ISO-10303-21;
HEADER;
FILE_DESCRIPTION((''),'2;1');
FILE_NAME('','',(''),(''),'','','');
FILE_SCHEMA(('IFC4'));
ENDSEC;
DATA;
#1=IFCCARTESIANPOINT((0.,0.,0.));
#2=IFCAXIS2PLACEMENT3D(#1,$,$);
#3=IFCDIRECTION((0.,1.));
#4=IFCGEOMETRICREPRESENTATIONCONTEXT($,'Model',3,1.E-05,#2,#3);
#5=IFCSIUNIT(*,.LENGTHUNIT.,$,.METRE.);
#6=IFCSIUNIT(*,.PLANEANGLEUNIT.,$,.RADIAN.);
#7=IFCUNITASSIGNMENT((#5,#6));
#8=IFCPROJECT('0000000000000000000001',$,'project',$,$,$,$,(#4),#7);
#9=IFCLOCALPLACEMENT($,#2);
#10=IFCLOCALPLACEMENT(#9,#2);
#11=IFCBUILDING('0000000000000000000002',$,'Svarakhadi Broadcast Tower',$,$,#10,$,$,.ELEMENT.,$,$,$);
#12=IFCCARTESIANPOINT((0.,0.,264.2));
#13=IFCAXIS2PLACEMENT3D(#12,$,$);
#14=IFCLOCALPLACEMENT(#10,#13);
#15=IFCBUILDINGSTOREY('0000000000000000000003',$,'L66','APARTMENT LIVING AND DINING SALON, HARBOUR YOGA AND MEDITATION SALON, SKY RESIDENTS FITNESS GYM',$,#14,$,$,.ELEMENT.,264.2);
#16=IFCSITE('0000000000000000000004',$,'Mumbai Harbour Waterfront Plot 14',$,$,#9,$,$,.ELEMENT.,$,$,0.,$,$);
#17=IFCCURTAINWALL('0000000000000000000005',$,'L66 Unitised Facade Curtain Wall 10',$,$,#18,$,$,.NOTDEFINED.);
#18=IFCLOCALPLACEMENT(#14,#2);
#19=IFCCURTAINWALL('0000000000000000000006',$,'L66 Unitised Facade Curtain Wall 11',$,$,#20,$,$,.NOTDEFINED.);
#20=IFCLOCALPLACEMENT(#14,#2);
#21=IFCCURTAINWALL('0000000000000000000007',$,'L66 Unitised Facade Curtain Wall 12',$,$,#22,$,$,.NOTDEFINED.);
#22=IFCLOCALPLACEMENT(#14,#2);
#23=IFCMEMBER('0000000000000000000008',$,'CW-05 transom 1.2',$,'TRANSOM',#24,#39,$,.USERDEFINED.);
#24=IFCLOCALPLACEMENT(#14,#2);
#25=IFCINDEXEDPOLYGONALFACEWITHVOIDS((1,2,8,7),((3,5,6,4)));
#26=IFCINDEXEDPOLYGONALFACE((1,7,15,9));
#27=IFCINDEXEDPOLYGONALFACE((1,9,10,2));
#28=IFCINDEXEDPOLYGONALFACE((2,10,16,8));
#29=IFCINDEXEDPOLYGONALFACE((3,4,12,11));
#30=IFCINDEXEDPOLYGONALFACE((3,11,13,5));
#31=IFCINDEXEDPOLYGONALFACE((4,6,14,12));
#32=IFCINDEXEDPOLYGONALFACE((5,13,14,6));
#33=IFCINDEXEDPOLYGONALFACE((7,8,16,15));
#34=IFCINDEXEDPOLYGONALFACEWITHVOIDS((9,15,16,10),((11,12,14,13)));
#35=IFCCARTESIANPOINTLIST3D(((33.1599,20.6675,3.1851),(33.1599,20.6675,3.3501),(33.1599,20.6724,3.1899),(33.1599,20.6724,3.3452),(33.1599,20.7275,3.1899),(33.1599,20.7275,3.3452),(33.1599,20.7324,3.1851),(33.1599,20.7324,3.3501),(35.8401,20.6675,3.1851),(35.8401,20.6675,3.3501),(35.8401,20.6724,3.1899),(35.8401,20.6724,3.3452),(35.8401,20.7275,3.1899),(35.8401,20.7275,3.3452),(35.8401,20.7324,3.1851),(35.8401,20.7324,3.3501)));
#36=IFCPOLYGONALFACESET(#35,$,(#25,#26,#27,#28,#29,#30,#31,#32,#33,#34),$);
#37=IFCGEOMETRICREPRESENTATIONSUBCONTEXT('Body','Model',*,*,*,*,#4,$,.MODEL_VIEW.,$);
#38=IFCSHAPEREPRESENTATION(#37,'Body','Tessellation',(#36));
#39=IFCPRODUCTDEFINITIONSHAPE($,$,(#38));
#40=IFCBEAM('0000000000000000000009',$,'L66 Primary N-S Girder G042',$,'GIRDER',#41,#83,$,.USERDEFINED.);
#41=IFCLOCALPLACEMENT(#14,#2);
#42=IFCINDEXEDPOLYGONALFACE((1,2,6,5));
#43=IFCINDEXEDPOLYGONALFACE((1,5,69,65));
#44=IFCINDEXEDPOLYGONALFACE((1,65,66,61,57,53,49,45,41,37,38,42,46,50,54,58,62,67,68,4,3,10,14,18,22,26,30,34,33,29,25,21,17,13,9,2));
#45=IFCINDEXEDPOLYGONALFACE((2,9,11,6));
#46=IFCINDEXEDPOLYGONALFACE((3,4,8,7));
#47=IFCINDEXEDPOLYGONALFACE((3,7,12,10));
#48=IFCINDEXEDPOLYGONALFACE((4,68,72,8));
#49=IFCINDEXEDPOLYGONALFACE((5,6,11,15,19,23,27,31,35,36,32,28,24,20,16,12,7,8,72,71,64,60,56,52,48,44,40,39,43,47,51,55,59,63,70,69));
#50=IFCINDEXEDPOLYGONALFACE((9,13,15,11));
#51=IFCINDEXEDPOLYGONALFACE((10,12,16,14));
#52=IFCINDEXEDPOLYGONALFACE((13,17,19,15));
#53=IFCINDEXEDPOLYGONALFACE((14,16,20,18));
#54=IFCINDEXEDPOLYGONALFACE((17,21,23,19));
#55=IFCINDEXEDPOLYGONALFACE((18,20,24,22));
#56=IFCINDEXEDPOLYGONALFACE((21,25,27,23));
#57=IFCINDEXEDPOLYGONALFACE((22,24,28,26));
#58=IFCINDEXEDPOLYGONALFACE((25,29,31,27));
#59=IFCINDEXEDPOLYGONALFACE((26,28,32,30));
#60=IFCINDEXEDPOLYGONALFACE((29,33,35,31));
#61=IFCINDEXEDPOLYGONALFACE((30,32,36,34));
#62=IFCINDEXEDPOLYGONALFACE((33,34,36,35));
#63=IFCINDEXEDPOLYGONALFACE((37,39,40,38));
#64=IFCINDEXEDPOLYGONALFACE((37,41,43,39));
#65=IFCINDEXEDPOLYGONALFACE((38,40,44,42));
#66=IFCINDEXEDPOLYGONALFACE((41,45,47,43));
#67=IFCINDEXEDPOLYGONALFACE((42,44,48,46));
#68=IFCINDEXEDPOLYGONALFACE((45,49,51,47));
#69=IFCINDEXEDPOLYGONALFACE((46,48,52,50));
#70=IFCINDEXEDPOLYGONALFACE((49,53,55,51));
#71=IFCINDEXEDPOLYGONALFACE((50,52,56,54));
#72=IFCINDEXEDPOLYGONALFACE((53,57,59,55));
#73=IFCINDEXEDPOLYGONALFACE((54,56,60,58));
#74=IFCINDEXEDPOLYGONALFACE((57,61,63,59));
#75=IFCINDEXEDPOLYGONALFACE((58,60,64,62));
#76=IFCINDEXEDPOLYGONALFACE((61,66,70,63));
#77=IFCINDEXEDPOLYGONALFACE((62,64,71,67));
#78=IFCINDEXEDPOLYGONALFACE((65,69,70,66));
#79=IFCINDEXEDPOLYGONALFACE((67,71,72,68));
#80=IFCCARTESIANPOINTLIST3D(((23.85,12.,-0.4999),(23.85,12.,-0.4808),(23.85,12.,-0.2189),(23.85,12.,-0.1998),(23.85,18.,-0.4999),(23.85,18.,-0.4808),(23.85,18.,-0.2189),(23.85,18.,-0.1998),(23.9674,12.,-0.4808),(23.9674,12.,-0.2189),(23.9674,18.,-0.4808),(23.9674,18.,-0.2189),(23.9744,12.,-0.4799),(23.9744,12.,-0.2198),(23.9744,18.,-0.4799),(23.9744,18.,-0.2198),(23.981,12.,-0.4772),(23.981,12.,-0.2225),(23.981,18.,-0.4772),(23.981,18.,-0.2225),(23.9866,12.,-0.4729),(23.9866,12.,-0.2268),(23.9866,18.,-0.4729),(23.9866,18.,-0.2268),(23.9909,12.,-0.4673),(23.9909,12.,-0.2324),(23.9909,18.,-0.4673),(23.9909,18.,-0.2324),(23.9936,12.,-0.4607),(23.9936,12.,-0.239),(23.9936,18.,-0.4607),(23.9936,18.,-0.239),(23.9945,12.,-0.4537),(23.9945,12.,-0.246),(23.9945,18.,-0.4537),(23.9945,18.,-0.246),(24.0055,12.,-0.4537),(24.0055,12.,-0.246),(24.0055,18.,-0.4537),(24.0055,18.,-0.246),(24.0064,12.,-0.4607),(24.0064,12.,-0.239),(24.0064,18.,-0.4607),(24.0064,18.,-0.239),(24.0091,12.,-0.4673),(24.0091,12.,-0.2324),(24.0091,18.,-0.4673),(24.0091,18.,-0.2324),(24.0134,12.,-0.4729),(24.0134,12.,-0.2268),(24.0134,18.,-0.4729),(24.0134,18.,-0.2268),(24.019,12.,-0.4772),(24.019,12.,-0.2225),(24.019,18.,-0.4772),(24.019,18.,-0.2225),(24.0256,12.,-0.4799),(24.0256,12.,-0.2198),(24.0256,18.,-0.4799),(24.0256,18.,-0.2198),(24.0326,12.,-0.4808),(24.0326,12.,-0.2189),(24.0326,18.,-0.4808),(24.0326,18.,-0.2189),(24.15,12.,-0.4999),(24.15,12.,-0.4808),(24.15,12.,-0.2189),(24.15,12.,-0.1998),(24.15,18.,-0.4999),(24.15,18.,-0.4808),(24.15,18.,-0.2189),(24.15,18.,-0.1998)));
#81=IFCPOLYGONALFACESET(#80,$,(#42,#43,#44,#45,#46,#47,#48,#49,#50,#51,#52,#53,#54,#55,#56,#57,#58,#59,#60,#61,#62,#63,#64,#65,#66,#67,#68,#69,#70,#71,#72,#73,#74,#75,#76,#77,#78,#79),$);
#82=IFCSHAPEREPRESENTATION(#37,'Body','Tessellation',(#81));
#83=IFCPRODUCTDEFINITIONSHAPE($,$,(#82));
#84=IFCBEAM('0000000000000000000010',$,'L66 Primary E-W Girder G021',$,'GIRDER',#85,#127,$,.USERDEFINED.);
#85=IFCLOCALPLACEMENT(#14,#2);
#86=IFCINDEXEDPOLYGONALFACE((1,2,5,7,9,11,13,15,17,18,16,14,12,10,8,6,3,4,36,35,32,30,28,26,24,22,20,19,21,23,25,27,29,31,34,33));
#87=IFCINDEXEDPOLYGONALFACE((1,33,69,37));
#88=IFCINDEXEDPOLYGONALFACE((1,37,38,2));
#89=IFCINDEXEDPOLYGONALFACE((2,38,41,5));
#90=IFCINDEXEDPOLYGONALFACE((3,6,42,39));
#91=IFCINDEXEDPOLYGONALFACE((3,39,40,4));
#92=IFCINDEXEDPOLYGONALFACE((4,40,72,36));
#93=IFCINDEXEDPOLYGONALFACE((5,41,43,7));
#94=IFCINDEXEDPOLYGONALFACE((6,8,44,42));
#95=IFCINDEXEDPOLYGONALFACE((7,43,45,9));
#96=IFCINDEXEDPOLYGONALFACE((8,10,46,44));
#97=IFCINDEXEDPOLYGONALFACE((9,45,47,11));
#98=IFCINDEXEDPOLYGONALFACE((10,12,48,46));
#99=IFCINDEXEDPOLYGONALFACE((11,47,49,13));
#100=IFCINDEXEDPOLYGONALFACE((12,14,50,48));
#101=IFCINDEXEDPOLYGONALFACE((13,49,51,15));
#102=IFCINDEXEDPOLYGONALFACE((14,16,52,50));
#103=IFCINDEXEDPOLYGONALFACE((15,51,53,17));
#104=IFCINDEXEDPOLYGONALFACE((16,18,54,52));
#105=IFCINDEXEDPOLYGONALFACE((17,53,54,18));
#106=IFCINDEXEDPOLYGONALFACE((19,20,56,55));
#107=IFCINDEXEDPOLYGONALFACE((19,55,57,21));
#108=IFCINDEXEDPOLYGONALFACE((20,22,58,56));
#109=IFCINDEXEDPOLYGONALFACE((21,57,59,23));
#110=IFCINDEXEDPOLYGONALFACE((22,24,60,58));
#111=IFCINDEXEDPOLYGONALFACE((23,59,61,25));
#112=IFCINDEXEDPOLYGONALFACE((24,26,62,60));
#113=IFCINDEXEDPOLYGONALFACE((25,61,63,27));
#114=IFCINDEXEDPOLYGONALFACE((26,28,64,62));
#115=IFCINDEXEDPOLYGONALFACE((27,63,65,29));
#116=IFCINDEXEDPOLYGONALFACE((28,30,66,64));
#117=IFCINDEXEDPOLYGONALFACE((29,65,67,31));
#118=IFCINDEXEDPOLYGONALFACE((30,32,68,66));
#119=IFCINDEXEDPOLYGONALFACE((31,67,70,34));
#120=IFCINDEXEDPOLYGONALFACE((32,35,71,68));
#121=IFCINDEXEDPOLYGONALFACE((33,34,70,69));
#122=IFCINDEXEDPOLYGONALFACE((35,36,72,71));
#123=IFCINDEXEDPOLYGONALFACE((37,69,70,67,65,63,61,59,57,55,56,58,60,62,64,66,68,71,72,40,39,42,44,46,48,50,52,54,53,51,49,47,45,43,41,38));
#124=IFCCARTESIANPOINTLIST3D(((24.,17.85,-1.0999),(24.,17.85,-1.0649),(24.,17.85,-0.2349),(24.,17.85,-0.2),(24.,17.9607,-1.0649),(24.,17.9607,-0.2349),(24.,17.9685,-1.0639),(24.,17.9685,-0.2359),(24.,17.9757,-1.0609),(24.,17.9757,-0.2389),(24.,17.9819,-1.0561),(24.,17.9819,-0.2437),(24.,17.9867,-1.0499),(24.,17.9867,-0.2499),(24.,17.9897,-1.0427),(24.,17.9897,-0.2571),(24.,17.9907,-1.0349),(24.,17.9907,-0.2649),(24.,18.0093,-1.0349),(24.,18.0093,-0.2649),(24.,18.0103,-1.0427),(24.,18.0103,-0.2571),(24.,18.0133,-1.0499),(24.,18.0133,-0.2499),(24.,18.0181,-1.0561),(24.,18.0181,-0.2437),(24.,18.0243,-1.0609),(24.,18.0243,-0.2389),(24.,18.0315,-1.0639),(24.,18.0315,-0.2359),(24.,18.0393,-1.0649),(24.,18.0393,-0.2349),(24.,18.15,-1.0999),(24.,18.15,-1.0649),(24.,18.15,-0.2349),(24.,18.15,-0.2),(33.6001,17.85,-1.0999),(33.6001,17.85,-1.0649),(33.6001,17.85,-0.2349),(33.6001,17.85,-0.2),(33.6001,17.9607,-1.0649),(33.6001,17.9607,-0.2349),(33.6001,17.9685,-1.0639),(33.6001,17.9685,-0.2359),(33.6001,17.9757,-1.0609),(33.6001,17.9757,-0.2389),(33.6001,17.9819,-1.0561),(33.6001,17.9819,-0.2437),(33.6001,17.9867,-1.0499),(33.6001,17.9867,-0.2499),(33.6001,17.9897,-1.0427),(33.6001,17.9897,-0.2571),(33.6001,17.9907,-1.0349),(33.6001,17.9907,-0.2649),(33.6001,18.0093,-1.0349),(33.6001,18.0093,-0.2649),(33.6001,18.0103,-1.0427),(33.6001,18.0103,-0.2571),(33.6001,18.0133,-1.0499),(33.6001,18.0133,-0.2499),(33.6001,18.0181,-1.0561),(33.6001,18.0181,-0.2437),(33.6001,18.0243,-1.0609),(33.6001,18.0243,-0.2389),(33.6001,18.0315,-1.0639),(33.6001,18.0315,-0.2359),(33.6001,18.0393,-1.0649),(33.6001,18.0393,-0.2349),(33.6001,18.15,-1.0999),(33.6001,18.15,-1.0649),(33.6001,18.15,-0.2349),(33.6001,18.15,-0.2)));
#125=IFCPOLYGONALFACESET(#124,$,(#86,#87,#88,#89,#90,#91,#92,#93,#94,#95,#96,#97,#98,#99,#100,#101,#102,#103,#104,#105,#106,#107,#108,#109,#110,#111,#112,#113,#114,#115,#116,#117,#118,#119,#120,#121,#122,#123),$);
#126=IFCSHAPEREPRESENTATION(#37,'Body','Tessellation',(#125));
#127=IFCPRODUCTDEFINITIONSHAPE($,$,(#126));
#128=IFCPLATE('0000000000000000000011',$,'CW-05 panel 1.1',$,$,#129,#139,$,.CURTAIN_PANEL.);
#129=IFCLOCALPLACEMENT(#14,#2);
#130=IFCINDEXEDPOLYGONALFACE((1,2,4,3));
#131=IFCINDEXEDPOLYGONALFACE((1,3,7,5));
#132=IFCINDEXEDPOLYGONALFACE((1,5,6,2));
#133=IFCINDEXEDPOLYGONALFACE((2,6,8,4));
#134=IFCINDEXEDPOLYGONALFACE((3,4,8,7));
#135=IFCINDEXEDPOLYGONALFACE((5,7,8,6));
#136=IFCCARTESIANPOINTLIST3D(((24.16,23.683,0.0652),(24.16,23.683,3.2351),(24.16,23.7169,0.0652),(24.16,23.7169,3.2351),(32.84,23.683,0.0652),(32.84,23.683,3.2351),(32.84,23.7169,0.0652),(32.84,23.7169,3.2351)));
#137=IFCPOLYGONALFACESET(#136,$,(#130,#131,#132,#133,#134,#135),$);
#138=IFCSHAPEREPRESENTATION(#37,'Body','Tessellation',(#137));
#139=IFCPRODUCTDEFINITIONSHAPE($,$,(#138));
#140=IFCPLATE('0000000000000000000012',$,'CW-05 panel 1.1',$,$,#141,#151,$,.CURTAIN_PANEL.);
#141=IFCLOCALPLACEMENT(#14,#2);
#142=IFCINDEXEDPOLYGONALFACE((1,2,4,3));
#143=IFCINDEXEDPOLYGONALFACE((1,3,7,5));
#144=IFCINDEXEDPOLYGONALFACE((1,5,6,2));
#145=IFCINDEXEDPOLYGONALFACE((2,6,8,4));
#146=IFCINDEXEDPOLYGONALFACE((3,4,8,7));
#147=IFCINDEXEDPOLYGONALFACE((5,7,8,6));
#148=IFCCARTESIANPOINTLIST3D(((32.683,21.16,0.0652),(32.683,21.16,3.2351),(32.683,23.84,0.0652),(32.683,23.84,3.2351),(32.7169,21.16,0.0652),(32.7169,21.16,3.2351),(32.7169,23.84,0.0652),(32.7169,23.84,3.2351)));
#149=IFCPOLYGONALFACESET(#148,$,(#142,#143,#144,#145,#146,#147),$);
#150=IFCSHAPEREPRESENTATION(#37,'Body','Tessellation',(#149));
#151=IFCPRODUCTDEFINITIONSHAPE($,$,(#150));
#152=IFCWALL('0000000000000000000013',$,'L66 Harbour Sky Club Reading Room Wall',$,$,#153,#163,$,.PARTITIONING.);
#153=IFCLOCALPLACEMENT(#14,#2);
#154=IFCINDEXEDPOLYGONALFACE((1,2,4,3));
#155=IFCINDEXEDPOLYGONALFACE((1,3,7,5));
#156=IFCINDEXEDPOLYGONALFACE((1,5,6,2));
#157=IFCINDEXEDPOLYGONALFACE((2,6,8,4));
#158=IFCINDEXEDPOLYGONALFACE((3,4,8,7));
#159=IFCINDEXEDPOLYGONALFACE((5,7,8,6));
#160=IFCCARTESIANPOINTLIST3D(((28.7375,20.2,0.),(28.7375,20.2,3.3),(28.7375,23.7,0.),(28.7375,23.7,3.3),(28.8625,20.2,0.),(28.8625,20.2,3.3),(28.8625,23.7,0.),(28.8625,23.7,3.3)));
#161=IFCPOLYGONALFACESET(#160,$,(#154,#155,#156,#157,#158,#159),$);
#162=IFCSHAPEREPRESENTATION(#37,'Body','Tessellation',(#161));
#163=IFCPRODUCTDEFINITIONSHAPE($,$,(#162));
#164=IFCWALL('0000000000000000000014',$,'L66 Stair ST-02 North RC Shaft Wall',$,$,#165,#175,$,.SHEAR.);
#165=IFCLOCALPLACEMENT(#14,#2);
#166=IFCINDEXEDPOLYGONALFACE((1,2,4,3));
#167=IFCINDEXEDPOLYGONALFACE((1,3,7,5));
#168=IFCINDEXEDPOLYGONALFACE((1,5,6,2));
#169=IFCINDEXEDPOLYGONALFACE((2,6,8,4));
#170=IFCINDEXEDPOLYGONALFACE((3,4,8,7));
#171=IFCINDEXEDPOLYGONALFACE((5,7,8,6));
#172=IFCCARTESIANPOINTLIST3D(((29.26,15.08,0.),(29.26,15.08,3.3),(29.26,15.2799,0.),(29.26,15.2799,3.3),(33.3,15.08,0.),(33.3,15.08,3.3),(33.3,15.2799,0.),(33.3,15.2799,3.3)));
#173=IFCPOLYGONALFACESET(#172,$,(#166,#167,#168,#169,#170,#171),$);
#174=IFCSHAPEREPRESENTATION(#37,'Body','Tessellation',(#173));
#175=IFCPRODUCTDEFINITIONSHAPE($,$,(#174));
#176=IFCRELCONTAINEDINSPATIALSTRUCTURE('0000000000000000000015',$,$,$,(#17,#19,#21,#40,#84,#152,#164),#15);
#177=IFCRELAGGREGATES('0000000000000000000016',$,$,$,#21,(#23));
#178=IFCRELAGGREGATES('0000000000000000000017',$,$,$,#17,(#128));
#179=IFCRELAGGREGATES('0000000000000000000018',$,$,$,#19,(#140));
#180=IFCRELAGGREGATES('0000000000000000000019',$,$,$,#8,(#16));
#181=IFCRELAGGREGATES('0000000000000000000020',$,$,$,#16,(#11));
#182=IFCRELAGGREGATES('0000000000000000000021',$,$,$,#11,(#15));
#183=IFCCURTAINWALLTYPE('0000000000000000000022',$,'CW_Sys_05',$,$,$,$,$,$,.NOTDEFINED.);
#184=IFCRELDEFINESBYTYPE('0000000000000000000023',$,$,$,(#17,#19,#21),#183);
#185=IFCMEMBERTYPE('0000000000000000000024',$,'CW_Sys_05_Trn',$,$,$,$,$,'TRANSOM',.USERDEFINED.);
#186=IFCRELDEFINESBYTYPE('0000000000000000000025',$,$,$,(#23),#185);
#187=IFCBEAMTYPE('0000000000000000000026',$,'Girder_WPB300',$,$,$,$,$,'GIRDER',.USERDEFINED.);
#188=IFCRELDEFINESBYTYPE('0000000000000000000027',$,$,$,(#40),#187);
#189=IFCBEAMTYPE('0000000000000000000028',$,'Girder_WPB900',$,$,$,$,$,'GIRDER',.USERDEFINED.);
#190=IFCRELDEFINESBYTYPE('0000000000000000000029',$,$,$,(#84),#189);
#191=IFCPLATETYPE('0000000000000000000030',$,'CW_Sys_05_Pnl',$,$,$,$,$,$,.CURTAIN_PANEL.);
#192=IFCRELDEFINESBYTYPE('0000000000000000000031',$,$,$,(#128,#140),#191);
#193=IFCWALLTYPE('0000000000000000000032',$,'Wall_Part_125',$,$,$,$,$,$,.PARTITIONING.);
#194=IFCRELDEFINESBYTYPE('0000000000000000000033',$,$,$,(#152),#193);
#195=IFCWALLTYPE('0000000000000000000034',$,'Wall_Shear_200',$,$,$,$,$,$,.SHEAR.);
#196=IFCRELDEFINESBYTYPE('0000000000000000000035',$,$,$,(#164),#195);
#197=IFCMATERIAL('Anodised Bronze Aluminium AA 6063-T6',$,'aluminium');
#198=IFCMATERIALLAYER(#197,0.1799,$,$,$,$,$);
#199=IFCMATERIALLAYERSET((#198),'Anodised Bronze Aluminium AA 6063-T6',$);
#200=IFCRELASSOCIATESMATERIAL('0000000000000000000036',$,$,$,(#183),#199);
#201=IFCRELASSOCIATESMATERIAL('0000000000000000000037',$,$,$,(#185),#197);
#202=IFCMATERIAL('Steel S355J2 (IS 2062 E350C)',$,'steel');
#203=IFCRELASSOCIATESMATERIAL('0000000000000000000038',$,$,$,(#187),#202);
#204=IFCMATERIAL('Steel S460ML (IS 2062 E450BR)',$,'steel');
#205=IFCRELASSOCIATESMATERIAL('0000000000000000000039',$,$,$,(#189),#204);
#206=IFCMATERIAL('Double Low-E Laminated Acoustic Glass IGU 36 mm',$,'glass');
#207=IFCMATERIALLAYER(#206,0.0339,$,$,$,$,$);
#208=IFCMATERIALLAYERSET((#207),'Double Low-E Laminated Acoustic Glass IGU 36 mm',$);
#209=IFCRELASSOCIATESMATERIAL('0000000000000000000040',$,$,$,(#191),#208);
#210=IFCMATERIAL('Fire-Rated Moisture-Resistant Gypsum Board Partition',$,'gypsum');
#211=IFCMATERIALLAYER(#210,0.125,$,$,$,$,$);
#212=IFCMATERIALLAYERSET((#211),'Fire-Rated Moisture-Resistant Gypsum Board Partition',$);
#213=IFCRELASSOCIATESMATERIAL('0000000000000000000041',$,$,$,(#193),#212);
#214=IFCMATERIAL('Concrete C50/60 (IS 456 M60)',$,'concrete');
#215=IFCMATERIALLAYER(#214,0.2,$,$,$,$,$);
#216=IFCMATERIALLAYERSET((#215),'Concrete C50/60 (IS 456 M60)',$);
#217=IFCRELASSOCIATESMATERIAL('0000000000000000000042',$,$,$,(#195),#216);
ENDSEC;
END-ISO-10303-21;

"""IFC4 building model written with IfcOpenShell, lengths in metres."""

from ifc_helpers import new_model, si_unit, direction, frame, frame_2d, origin, origin_2d, place, context, subcontext, project, spatial, rectangle, hollow_rectangle, i_section, extrude, material, layer, layer_set, material_profile, profile_set, type_object, element, aggregate, save


model = new_model("IFC4")

# Units and contexts
model_context = context("Model", 3, precision=1e-05, world=origin(), true_north=direction((0.0, 1.0)))
body_context = subcontext(model_context, "Body", "Model", "MODEL_VIEW")
ifc_project = project(units=[si_unit("LENGTHUNIT", "METRE"), si_unit("PLANEANGLEUNIT", "RADIAN")], contexts=[model_context])

# Site, building, storey
site_placement = place(None, origin())
site = spatial("IfcSite", under=ifc_project, at=site_placement, Name="Mumbai Harbour Waterfront Plot 14", CompositionType="ELEMENT", RefElevation=0.0)
building_placement = place(site_placement, origin())
building = spatial("IfcBuilding", under=site, at=building_placement, Name="Svarakhadi Broadcast Tower", CompositionType="ELEMENT")
storey_placement = place(building_placement, frame((0.0, 0.0, 264.2)))
storey = spatial("IfcBuildingStorey", under=building, at=storey_placement, Name="L66", Description="APARTMENT LIVING AND DINING SALON, HARBOUR YOGA AND MEDITATION SALON, SKY RESIDENTS FITNESS GYM", CompositionType="ELEMENT", Elevation=264.2)

# Shared definitions
ifc_material_1 = material(Name="Concrete C50/60 (IS 456 M60)", Category="concrete")

# Curtain walls
ifc_material_2 = material(Name="Anodised Bronze Aluminium AA 6063-T6", Category="aluminium")
ifc_layer_1 = layer(ifc_material_2, 0.1799)
ifc_layer_set_1 = layer_set([ifc_layer_1], Name="Anodised Bronze Aluminium AA 6063-T6")
curtain_wall_type = type_object("IfcCurtainWallType", Name="CW_Sys_05", PredefinedType="NOTDEFINED", material=ifc_layer_set_1)
curtain_wall_1_placement = place(storey_placement, origin())
curtain_wall_1 = element("IfcCurtainWall", 1, at=curtain_wall_1_placement, inside=storey, type_object=curtain_wall_type, Name="L66 Unitised Facade Curtain Wall 10", PredefinedType="NOTDEFINED")
curtain_wall_2_placement = place(storey_placement, origin())
curtain_wall_2 = element("IfcCurtainWall", 2, at=curtain_wall_2_placement, inside=storey, type_object=curtain_wall_type, Name="L66 Unitised Facade Curtain Wall 11", PredefinedType="NOTDEFINED")

# Curtain wall
curtain_wall_3_placement = place(storey_placement, origin())
curtain_wall_3 = element("IfcCurtainWall", 3, at=curtain_wall_3_placement, inside=storey, type_object=curtain_wall_type, Name="L66 Unitised Facade Curtain Wall 12", PredefinedType="NOTDEFINED")

# Member
ifc_material_profile_1 = material_profile(ifc_material_2, hollow_rectangle(XDim=0.0649, YDim=0.165, WallThickness=0.0049, at=origin_2d()), Name="ALU TRANSOM 165x65x5")
ifc_profile_set_1 = profile_set([ifc_material_profile_1], Name="Anodised Bronze Aluminium AA 6063-T6")
member_type_1 = type_object("IfcMemberType", Name="CW_Sys_05_Trn", ElementType="TRANSOM", PredefinedType="USERDEFINED", material=ifc_profile_set_1)
member_1_placement = place(storey_placement, frame((33.1599, 20.7, 3.2676), z_axis=(1.0, 0.0, 0.0), x_axis=(0.0, 1.0, 0.0)))
member_1 = element("IfcMember", 4, at=member_1_placement, type_object=member_type_1, Name="CW-05 transom 1.2", ObjectType="TRANSOM", PredefinedType="USERDEFINED", context=body_context, shape_type="SweptSolid", body=[
    extrude(hollow_rectangle(XDim=0.0649, YDim=0.165, WallThickness=0.0049, at=origin_2d()), origin(), (0.0, 0.0, 1.0), 2.6802),
])
aggregate(curtain_wall_3, [member_1])

# Beams
ifc_material_3 = material(Name="Steel S355J2 (IS 2062 E350C)", Category="steel")
ifc_material_profile_2 = material_profile(ifc_material_3, i_section(OverallWidth=0.3, OverallDepth=0.3, WebThickness=0.011, FlangeThickness=0.019, FilletRadius=0.0271, at=origin_2d()), Name="WPB 300x300x117")
ifc_profile_set_2 = profile_set([ifc_material_profile_2], Name="Steel S355J2 (IS 2062 E350C)")
beam_type_1 = type_object("IfcBeamType", Name="Girder_WPB300", ElementType="GIRDER", PredefinedType="USERDEFINED", material=ifc_profile_set_2)
beam_1_placement = place(storey_placement, frame((24.0, 12.0, -0.3499), z_axis=(0.0, 1.0, 0.0), x_axis=(-1.0, 0.0, 0.0)))
element("IfcBeam", 5, at=beam_1_placement, inside=storey, type_object=beam_type_1, Name="L66 Primary N-S Girder G042", ObjectType="GIRDER", PredefinedType="USERDEFINED", context=body_context, shape_type="SweptSolid", body=[
    extrude(i_section(OverallWidth=0.3, OverallDepth=0.3, WebThickness=0.011, FlangeThickness=0.019, FilletRadius=0.0271, at=origin_2d()), origin(), (0.0, 0.0, 1.0), 6.0),
])
ifc_material_4 = material(Name="Steel S460ML (IS 2062 E450BR)", Category="steel")
ifc_material_profile_3 = material_profile(ifc_material_4, i_section(OverallWidth=0.3, OverallDepth=0.8999, WebThickness=0.0186, FlangeThickness=0.0349, FilletRadius=0.03, at=origin_2d()), Name="WPB 900x300x291")
ifc_profile_set_3 = profile_set([ifc_material_profile_3], Name="Steel S460ML (IS 2062 E450BR)")
beam_type_2 = type_object("IfcBeamType", Name="Girder_WPB900", ElementType="GIRDER", PredefinedType="USERDEFINED", material=ifc_profile_set_3)
beam_2_placement = place(storey_placement, frame((24.0, 18.0, -0.6499), z_axis=(1.0, 0.0, 0.0), x_axis=(0.0, 1.0, 0.0)))
element("IfcBeam", 6, at=beam_2_placement, inside=storey, type_object=beam_type_2, Name="L66 Primary E-W Girder G021", ObjectType="GIRDER", PredefinedType="USERDEFINED", context=body_context, shape_type="SweptSolid", body=[
    extrude(i_section(OverallWidth=0.3, OverallDepth=0.8999, WebThickness=0.0186, FlangeThickness=0.0349, FilletRadius=0.03, at=origin_2d()), origin(), (0.0, 0.0, 1.0), 9.6001),
])

# Plates
ifc_material_5 = material(Name="Double Low-E Laminated Acoustic Glass IGU 36 mm", Category="glass")
ifc_layer_2 = layer(ifc_material_5, 0.0339)
ifc_layer_set_2 = layer_set([ifc_layer_2], Name="Double Low-E Laminated Acoustic Glass IGU 36 mm")
plate_type = type_object("IfcPlateType", Name="CW_Sys_05_Pnl", PredefinedType="CURTAIN_PANEL", material=ifc_layer_set_2)
plate_1_placement = place(storey_placement, frame((28.5, 23.7, 0.0652), z_axis=(0.0, 0.0, 1.0), x_axis=(1.0, 0.0, 0.0)))
plate_1 = element("IfcPlate", 7, at=plate_1_placement, type_object=plate_type, Name="CW-05 panel 1.1", PredefinedType="CURTAIN_PANEL", context=body_context, shape_type="SweptSolid", body=[
    extrude(rectangle(XDim=8.6799, YDim=0.0339, at=origin_2d()), origin(), (0.0, 0.0, 1.0), 3.1699),
])
aggregate(curtain_wall_1, [plate_1])
plate_2_placement = place(storey_placement, frame((32.7, 22.5, 0.0652), z_axis=(0.0, 0.0, 1.0), x_axis=(0.0, -1.0, 0.0)))
plate_2 = element("IfcPlate", 8, at=plate_2_placement, type_object=plate_type, Name="CW-05 panel 1.1", PredefinedType="CURTAIN_PANEL", context=body_context, shape_type="SweptSolid", body=[
    extrude(rectangle(XDim=2.6799, YDim=0.0339, at=origin_2d()), origin(), (0.0, 0.0, 1.0), 3.1699),
])
aggregate(curtain_wall_2, [plate_2])

# Walls
ifc_material_6 = material(Name="Fire-Rated Moisture-Resistant Gypsum Board Partition", Category="gypsum")
ifc_layer_3 = layer(ifc_material_6, 0.125)
ifc_layer_set_3 = layer_set([ifc_layer_3], Name="Fire-Rated Moisture-Resistant Gypsum Board Partition")
wall_type_1 = type_object("IfcWallType", Name="Wall_Part_125", PredefinedType="PARTITIONING", material=ifc_layer_set_3)
wall_1_placement = place(storey_placement, frame((28.8, 20.2, 0.0), z_axis=(0.0, 0.0, 1.0), x_axis=(0.0, 1.0, 0.0)))
element("IfcWall", 9, at=wall_1_placement, inside=storey, type_object=wall_type_1, Name="L66 Harbour Sky Club Reading Room Wall", PredefinedType="PARTITIONING", context=body_context, shape_type="SweptSolid", body=[
    extrude(rectangle(XDim=3.5, YDim=0.125, at=frame_2d((1.75, 0.0))), origin(), (0.0, 0.0, 1.0), 3.3),
])
ifc_layer_4 = layer(ifc_material_1, 0.2)
ifc_layer_set_4 = layer_set([ifc_layer_4], Name="Concrete C50/60 (IS 456 M60)")
wall_type_2 = type_object("IfcWallType", Name="Wall_Shear_200", PredefinedType="SHEAR", material=ifc_layer_set_4)
wall_2_placement = place(storey_placement, frame((29.26, 15.1799, 0.0), z_axis=(0.0, 0.0, 1.0), x_axis=(1.0, 0.0, 0.0)))
element("IfcWall", 10, at=wall_2_placement, inside=storey, type_object=wall_type_2, Name="L66 Stair ST-02 North RC Shaft Wall", PredefinedType="SHEAR", context=body_context, shape_type="SweptSolid", body=[
    extrude(rectangle(XDim=4.04, YDim=0.2, at=frame_2d((2.02, 0.0))), origin(), (0.0, 0.0, 1.0), 3.3),
])

save(model, "model.ifc")
